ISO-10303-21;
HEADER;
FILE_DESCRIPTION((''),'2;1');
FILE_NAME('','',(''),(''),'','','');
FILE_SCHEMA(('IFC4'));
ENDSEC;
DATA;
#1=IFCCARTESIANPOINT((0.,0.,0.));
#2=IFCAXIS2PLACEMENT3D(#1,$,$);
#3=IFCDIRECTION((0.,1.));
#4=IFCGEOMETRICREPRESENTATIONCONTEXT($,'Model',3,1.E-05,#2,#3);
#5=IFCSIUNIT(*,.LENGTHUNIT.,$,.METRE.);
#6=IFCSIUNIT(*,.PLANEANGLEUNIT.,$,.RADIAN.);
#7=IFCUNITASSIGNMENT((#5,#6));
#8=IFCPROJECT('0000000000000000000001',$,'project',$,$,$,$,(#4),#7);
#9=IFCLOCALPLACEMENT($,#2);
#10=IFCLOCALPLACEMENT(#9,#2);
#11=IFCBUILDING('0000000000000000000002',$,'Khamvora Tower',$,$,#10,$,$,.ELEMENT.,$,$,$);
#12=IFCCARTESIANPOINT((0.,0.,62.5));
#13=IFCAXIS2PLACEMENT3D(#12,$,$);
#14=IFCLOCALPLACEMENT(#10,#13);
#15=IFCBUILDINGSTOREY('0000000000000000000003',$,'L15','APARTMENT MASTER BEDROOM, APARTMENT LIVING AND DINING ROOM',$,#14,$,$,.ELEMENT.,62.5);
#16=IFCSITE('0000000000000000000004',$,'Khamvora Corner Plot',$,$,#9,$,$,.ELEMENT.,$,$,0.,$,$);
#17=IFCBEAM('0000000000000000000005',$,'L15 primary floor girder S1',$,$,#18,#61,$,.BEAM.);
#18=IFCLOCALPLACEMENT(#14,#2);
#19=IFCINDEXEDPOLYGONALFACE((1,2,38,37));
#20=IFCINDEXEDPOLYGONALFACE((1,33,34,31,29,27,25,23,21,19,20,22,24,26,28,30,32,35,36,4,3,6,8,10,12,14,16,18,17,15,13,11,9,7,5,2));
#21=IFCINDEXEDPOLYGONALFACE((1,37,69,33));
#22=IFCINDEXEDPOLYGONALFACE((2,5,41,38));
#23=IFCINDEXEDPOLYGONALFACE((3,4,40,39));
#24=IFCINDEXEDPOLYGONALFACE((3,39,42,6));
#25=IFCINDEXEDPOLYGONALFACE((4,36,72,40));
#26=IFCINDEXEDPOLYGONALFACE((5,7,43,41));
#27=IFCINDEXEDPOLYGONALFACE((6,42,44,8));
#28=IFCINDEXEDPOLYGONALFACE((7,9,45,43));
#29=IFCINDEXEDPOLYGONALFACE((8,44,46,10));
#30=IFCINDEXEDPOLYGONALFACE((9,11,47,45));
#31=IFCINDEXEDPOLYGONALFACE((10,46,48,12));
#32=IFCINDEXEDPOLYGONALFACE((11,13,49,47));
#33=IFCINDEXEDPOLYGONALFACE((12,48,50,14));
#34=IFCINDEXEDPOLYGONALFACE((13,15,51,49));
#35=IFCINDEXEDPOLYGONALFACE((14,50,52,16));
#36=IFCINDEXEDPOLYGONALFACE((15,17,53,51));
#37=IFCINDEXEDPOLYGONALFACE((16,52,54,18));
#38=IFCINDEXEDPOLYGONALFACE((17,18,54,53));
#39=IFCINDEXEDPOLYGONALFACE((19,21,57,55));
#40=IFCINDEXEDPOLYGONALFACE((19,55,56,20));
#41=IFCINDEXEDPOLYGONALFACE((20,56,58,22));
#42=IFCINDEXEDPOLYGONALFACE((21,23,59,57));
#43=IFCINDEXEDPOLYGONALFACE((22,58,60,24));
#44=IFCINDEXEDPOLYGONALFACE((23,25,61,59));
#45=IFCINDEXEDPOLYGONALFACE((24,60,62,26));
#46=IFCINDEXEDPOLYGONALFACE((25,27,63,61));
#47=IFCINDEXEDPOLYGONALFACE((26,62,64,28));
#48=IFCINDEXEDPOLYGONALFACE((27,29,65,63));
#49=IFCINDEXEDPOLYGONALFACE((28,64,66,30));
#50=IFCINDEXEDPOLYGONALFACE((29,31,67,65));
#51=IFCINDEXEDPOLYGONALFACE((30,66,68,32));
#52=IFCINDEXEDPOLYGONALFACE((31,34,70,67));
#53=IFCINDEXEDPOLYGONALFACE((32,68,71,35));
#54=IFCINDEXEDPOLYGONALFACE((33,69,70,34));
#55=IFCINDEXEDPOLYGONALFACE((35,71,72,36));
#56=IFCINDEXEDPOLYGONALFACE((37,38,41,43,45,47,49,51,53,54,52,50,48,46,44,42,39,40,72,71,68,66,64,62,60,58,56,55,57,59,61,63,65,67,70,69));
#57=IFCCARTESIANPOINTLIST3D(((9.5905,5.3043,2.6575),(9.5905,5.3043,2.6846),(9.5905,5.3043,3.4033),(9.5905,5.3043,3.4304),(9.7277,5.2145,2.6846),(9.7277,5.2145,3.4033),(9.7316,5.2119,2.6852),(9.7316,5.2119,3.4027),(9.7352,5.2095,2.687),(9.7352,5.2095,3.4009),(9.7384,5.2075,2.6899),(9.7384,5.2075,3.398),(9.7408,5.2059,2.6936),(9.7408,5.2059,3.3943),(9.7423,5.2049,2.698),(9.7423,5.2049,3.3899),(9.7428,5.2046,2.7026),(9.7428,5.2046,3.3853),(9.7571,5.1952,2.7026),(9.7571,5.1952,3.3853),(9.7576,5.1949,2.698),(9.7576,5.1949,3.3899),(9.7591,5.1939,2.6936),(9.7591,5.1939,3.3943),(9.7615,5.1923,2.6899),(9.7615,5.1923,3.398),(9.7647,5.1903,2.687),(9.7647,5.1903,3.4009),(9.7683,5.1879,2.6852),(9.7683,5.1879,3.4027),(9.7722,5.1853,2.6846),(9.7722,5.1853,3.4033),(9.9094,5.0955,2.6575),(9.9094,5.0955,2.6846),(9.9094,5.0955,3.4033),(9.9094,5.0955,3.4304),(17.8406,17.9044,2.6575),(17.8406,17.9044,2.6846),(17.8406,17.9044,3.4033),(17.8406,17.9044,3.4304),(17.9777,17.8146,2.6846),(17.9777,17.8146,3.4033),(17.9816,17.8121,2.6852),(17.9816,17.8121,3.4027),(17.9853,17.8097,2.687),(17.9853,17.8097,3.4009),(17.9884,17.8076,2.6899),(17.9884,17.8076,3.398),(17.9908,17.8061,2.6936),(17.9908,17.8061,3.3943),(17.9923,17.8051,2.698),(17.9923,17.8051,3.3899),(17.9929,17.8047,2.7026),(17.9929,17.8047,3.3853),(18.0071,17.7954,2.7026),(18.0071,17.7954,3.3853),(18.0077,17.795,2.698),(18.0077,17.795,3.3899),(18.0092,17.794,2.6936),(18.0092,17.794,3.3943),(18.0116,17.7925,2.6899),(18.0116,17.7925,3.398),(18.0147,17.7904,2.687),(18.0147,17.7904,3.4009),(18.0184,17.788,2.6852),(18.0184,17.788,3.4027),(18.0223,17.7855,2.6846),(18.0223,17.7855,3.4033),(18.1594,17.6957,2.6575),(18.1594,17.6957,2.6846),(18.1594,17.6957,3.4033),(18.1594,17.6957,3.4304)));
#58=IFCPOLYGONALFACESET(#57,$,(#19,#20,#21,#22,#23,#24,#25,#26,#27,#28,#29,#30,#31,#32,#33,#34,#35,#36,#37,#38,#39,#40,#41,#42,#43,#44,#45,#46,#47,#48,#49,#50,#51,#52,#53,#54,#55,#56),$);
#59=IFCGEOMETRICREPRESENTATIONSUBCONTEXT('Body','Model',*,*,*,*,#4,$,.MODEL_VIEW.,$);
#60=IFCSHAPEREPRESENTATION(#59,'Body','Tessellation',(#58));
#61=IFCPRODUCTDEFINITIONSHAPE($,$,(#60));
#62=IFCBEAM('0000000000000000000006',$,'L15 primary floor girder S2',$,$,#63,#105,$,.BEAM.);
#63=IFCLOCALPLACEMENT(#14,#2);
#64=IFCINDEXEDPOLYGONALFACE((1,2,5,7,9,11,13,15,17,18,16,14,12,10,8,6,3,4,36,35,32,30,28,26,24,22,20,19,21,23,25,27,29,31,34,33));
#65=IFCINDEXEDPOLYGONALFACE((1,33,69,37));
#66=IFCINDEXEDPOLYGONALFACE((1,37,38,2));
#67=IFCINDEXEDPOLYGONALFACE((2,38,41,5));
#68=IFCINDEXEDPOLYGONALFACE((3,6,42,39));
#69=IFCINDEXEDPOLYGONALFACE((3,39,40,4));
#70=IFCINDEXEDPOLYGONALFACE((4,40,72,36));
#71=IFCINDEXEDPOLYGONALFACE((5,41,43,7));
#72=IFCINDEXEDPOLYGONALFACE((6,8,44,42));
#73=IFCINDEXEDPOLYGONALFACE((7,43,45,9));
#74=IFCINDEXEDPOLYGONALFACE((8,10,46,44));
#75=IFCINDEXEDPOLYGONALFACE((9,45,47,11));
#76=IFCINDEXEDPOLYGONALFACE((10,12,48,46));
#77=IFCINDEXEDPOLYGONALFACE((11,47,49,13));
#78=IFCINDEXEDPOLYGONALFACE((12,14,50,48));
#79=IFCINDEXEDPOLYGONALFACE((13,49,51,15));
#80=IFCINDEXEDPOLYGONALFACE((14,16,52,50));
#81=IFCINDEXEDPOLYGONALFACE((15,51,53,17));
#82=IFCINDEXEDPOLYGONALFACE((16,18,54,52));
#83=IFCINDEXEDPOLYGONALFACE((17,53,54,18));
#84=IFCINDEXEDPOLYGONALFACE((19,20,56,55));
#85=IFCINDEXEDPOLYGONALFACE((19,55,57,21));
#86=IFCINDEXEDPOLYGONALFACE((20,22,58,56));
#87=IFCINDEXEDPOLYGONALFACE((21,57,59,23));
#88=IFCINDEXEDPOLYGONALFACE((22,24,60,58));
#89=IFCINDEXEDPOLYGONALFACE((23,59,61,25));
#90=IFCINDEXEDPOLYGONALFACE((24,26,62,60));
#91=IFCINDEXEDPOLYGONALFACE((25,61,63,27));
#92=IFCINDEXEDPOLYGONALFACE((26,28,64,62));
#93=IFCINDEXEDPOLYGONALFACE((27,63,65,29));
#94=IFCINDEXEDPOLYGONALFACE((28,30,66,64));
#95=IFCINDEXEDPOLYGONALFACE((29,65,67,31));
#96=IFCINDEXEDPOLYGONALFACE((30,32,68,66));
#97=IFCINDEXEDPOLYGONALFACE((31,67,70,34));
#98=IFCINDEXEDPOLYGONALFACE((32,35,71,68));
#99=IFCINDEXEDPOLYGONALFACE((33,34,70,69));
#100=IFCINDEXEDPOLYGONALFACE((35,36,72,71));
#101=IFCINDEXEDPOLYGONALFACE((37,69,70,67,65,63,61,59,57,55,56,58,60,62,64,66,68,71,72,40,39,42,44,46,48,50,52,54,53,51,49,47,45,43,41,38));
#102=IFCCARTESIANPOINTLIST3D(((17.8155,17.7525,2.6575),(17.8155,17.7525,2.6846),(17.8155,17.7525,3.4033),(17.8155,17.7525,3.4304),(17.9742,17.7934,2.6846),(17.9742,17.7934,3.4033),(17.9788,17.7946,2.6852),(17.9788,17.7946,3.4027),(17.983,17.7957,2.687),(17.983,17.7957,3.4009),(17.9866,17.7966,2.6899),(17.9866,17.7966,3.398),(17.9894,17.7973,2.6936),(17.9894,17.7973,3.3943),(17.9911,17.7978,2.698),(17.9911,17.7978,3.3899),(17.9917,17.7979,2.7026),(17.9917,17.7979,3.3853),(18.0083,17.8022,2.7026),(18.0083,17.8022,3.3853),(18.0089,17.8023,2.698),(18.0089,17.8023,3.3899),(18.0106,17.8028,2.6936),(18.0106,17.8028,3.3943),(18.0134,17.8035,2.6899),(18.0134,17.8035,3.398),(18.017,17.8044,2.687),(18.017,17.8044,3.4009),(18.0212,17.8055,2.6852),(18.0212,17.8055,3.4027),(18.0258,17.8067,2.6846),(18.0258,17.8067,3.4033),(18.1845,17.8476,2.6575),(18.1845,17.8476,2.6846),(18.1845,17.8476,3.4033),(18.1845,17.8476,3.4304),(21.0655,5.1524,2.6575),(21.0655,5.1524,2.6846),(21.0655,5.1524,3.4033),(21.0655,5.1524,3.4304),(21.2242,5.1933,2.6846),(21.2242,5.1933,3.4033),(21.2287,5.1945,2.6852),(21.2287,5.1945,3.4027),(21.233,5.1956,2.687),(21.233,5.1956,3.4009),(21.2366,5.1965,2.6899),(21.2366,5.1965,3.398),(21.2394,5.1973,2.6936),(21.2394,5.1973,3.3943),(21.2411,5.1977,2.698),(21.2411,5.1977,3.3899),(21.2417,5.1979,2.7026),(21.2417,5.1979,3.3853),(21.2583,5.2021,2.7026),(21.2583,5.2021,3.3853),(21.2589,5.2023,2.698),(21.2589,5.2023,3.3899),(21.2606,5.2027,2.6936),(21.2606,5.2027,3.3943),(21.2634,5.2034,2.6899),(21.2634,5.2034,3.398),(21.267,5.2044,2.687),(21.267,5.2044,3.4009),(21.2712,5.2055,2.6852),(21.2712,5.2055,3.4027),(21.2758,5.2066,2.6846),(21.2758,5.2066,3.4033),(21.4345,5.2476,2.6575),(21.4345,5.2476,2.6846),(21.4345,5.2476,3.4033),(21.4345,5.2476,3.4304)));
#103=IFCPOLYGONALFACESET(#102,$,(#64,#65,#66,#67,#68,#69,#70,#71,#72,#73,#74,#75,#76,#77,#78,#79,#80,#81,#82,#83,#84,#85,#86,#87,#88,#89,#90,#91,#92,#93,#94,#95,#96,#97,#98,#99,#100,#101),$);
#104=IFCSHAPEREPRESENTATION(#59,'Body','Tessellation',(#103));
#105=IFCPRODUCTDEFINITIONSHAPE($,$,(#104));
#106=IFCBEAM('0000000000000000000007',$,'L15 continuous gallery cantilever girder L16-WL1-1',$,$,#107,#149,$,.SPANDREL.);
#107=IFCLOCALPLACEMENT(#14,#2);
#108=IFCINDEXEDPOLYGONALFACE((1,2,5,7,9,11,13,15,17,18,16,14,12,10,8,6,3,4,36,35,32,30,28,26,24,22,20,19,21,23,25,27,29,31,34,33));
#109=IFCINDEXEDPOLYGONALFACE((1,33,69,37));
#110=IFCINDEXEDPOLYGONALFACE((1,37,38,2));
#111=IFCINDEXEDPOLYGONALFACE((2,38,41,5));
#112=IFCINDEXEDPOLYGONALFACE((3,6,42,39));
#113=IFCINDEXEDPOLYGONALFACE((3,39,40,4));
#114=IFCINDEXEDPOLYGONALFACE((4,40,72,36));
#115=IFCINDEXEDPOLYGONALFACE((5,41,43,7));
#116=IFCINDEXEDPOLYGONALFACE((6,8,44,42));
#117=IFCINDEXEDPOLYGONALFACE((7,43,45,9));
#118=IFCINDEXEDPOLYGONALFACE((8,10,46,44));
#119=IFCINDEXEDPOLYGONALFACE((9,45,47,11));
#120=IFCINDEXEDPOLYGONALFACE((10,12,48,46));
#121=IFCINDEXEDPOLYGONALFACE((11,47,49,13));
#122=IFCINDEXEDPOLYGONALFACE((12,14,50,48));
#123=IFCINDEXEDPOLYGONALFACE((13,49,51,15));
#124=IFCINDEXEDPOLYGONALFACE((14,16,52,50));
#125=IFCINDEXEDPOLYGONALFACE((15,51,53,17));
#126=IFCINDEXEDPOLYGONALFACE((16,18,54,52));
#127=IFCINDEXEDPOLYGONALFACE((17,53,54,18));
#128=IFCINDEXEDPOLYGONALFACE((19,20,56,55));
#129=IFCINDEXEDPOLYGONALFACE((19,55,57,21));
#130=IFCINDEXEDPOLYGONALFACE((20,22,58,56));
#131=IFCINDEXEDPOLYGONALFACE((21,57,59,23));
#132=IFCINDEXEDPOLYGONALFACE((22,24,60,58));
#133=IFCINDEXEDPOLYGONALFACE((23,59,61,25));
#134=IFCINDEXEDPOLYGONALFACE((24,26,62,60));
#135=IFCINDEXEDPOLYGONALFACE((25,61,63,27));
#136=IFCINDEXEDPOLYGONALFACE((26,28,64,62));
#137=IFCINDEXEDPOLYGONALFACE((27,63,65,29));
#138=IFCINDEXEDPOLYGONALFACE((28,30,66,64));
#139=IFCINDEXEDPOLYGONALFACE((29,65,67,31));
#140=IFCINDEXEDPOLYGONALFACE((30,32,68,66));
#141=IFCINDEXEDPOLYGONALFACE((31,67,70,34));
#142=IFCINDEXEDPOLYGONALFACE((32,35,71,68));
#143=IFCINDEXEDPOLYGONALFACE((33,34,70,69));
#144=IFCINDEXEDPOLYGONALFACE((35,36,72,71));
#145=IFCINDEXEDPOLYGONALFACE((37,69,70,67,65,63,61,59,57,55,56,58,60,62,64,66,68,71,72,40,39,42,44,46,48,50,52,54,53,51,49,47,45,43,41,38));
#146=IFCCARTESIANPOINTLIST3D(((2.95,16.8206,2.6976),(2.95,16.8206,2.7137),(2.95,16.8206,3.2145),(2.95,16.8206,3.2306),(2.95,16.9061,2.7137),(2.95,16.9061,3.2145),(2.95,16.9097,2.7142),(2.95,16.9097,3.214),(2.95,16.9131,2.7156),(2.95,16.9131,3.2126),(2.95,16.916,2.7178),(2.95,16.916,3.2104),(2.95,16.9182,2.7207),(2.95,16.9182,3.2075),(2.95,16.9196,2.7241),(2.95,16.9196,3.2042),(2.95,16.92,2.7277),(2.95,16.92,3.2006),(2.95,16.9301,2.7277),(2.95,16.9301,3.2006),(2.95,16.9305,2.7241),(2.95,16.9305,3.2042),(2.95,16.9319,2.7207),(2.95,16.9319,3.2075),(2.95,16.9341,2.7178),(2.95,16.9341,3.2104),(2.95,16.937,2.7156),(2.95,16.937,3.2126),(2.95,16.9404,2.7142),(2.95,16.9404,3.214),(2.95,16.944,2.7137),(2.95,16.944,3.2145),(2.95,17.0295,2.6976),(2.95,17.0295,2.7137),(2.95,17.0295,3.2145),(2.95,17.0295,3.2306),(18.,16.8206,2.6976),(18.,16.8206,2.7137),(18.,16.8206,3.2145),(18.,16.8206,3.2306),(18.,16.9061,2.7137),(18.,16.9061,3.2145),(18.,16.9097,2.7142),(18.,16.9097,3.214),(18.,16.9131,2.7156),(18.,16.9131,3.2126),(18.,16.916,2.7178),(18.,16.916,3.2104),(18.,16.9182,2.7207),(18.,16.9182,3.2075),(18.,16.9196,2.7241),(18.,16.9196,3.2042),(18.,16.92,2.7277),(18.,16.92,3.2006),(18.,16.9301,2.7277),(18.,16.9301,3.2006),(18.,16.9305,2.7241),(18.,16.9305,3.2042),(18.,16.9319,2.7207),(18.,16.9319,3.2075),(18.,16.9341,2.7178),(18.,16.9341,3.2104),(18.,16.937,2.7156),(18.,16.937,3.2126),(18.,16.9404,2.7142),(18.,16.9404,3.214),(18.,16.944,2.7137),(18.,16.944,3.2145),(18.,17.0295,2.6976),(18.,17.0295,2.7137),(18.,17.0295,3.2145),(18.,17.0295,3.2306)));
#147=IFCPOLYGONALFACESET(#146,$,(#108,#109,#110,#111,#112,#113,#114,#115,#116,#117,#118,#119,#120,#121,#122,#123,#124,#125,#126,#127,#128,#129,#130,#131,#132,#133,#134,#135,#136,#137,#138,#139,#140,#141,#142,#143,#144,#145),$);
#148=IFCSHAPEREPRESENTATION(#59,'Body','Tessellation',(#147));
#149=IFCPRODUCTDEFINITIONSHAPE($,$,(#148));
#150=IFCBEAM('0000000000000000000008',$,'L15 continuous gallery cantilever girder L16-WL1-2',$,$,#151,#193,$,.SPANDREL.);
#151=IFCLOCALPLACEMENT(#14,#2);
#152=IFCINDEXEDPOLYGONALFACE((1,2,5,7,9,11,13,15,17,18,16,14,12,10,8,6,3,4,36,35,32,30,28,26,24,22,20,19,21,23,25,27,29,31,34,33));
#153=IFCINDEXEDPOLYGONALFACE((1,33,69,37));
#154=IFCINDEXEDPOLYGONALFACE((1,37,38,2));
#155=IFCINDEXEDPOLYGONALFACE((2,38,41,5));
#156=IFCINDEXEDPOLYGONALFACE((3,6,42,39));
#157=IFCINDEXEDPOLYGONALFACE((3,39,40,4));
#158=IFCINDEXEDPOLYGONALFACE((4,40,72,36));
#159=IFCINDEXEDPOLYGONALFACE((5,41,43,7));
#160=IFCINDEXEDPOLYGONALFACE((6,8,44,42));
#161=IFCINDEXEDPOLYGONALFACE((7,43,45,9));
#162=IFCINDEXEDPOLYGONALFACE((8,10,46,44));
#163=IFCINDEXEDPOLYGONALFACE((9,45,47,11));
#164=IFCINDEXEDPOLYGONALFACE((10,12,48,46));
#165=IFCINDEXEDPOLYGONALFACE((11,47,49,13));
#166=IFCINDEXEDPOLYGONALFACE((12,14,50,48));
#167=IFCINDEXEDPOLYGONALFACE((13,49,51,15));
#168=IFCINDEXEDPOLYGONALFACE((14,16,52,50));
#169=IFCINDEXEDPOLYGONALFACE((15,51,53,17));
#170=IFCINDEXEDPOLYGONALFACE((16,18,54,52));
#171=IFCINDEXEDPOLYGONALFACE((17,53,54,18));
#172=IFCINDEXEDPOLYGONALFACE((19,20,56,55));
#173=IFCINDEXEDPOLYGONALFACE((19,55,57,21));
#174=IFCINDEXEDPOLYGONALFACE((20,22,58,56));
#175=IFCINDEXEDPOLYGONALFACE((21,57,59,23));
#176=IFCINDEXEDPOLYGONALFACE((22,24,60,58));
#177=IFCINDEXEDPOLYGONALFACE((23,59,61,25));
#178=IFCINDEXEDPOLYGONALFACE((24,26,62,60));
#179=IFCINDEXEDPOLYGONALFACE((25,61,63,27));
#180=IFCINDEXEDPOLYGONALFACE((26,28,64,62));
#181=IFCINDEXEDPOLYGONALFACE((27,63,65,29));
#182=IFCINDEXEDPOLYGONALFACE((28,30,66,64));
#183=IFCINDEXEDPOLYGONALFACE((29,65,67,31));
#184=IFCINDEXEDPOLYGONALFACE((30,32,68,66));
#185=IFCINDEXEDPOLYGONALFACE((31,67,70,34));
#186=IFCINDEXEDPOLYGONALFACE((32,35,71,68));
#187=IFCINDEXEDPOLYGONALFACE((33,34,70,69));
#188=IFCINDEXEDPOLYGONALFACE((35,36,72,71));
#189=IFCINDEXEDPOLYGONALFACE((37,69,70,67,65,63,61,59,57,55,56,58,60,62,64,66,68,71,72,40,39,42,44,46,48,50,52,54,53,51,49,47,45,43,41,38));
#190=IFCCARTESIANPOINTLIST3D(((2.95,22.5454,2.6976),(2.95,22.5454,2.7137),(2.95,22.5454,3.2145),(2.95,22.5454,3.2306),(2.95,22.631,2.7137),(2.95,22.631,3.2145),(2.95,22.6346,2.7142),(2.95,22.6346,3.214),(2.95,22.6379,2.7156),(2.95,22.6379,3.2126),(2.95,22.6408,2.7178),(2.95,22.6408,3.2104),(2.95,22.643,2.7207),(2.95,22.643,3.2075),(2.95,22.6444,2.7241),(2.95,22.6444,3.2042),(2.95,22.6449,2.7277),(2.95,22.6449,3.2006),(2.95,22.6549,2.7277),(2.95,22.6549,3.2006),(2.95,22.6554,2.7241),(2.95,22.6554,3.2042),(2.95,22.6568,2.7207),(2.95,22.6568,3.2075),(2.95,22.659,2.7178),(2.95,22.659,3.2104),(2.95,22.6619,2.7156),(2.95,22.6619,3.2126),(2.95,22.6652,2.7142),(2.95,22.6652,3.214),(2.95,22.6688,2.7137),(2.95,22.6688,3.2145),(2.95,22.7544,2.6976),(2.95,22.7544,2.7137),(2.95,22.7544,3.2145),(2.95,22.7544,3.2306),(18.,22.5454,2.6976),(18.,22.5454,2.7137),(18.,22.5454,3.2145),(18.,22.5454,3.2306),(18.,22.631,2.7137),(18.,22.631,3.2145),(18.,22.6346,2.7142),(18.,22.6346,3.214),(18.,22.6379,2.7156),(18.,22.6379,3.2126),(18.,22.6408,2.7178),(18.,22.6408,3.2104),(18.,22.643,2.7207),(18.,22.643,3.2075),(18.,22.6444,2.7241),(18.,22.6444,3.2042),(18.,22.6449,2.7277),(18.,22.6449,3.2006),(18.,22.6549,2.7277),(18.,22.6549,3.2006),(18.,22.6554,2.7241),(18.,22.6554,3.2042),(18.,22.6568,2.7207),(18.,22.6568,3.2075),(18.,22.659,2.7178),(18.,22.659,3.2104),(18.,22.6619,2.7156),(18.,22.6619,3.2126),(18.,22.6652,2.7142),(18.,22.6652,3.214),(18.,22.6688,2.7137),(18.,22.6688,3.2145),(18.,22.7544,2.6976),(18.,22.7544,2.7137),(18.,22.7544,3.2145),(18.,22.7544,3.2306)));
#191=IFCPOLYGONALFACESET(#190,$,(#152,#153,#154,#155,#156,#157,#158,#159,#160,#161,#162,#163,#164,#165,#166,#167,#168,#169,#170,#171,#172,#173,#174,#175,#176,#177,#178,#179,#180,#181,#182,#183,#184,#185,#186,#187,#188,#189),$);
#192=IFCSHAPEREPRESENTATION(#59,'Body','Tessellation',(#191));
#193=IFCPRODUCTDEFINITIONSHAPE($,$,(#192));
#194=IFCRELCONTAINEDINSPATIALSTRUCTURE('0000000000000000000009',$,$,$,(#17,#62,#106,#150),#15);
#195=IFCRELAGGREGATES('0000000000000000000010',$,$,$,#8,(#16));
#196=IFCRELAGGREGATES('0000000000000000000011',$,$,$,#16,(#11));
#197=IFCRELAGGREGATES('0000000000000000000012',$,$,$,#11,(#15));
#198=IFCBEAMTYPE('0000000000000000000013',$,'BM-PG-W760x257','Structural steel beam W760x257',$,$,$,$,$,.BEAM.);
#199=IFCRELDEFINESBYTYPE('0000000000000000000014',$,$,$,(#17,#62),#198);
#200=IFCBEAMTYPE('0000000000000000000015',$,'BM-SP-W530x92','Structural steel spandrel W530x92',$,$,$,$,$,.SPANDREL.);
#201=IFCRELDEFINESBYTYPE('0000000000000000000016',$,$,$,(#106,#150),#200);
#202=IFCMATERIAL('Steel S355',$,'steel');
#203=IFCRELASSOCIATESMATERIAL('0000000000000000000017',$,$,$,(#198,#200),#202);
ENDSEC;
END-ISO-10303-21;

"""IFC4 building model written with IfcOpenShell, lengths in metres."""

from ifc_helpers import new_model, si_unit, direction, frame, origin, origin_2d, place, context, subcontext, project, spatial, i_section, extrude, material, material_profile, profile_set, type_object, element, save


model = new_model("IFC4")

# Units and contexts
model_context = context("Model", 3, precision=1e-05, world=origin(), true_north=direction((0.0, 1.0)))
body_context = subcontext(model_context, "Body", "Model", "MODEL_VIEW")
ifc_project = project(units=[si_unit("LENGTHUNIT", "METRE"), si_unit("PLANEANGLEUNIT", "RADIAN")], contexts=[model_context])

# Site, building, storey
site_placement = place(None, origin())
site = spatial("IfcSite", under=ifc_project, at=site_placement, Name="Khamvora Corner Plot", CompositionType="ELEMENT", RefElevation=0.0)
building_placement = place(site_placement, origin())
building = spatial("IfcBuilding", under=site, at=building_placement, Name="Khamvora Tower", CompositionType="ELEMENT")
storey_placement = place(building_placement, frame((0.0, 0.0, 62.5)))
storey = spatial("IfcBuildingStorey", under=building, at=storey_placement, Name="L15", Description="APARTMENT MASTER BEDROOM, APARTMENT LIVING AND DINING ROOM", CompositionType="ELEMENT", Elevation=62.5)

# Beams
ifc_material_1 = material(Name="Steel S355", Category="steel")
ifc_material_profile_1 = material_profile(ifc_material_1, i_section(OverallWidth=0.3811, OverallDepth=0.7729, WebThickness=0.0171, FlangeThickness=0.0271, FilletRadius=0.0181, at=origin_2d()), Name="W760x257")
ifc_profile_set_1 = profile_set([ifc_material_profile_1], Name="Steel S355")
beam_type_1 = type_object("IfcBeamType", Name="BM-PG-W760x257", Description="Structural steel beam W760x257", PredefinedType="BEAM", material=ifc_profile_set_1)
beam_1_placement = place(storey_placement, frame((18.0, 17.8, 3.0439), z_axis=(-0.547783, -0.83662, 0.0), x_axis=(0.83662, -0.547783, 0.0)))
element("IfcBeam", 1, at=beam_1_placement, inside=storey, type_object=beam_type_1, Name="L15 primary floor girder S1", PredefinedType="BEAM", context=body_context, shape_type="SweptSolid", body=[
    extrude(i_section(OverallWidth=0.3811, OverallDepth=0.7729, WebThickness=0.0171, FlangeThickness=0.0271, FilletRadius=0.0181, at=origin_2d()), origin(), (0.0, 0.0, 1.0), 15.0608),
])
beam_2_placement = place(storey_placement, frame((18.0, 17.8, 3.0439), z_axis=(0.24976, -0.968308, 0.0), x_axis=(0.968308, 0.24976, 0.0)))
element("IfcBeam", 2, at=beam_2_placement, inside=storey, type_object=beam_type_1, Name="L15 primary floor girder S2", PredefinedType="BEAM", context=body_context, shape_type="SweptSolid", body=[
    extrude(i_section(OverallWidth=0.3811, OverallDepth=0.7729, WebThickness=0.0171, FlangeThickness=0.0271, FilletRadius=0.0181, at=origin_2d()), origin(), (0.0, 0.0, 1.0), 13.0125),
])
ifc_material_profile_2 = material_profile(ifc_material_1, i_section(OverallWidth=0.209, OverallDepth=0.533, WebThickness=0.01, FlangeThickness=0.0161, FilletRadius=0.0139, at=origin_2d()), Name="W530x92")
ifc_profile_set_2 = profile_set([ifc_material_profile_2], Name="Steel S355")
beam_type_2 = type_object("IfcBeamType", Name="BM-SP-W530x92", Description="Structural steel spandrel W530x92", PredefinedType="SPANDREL", material=ifc_profile_set_2)
for number, where, z_axis, x_axis, name in (
    (3, (18.0, 16.925, 2.9641), (-1.0, 0.0, 0.0), (0.0, -1.0, 0.0), "L15 continuous gallery cantilever girder L16-WL1-1"),
    (4, (18.0, 22.6499, 2.9641), (-1.0, 0.0, 0.0), (0.0, -1.0, 0.0), "L15 continuous gallery cantilever girder L16-WL1-2"),
):
    element("IfcBeam", number, at=place(storey_placement, frame(where, z_axis=z_axis, x_axis=x_axis)), inside=storey, type_object=beam_type_2, Name=name, PredefinedType="SPANDREL", context=body_context, shape_type="SweptSolid", body=[
        extrude(i_section(OverallWidth=0.209, OverallDepth=0.533, WebThickness=0.01, FlangeThickness=0.0161, FilletRadius=0.0139, at=origin_2d()), origin(), (0.0, 0.0, 1.0), 15.05),
    ])

save(model, "model.ifc")
